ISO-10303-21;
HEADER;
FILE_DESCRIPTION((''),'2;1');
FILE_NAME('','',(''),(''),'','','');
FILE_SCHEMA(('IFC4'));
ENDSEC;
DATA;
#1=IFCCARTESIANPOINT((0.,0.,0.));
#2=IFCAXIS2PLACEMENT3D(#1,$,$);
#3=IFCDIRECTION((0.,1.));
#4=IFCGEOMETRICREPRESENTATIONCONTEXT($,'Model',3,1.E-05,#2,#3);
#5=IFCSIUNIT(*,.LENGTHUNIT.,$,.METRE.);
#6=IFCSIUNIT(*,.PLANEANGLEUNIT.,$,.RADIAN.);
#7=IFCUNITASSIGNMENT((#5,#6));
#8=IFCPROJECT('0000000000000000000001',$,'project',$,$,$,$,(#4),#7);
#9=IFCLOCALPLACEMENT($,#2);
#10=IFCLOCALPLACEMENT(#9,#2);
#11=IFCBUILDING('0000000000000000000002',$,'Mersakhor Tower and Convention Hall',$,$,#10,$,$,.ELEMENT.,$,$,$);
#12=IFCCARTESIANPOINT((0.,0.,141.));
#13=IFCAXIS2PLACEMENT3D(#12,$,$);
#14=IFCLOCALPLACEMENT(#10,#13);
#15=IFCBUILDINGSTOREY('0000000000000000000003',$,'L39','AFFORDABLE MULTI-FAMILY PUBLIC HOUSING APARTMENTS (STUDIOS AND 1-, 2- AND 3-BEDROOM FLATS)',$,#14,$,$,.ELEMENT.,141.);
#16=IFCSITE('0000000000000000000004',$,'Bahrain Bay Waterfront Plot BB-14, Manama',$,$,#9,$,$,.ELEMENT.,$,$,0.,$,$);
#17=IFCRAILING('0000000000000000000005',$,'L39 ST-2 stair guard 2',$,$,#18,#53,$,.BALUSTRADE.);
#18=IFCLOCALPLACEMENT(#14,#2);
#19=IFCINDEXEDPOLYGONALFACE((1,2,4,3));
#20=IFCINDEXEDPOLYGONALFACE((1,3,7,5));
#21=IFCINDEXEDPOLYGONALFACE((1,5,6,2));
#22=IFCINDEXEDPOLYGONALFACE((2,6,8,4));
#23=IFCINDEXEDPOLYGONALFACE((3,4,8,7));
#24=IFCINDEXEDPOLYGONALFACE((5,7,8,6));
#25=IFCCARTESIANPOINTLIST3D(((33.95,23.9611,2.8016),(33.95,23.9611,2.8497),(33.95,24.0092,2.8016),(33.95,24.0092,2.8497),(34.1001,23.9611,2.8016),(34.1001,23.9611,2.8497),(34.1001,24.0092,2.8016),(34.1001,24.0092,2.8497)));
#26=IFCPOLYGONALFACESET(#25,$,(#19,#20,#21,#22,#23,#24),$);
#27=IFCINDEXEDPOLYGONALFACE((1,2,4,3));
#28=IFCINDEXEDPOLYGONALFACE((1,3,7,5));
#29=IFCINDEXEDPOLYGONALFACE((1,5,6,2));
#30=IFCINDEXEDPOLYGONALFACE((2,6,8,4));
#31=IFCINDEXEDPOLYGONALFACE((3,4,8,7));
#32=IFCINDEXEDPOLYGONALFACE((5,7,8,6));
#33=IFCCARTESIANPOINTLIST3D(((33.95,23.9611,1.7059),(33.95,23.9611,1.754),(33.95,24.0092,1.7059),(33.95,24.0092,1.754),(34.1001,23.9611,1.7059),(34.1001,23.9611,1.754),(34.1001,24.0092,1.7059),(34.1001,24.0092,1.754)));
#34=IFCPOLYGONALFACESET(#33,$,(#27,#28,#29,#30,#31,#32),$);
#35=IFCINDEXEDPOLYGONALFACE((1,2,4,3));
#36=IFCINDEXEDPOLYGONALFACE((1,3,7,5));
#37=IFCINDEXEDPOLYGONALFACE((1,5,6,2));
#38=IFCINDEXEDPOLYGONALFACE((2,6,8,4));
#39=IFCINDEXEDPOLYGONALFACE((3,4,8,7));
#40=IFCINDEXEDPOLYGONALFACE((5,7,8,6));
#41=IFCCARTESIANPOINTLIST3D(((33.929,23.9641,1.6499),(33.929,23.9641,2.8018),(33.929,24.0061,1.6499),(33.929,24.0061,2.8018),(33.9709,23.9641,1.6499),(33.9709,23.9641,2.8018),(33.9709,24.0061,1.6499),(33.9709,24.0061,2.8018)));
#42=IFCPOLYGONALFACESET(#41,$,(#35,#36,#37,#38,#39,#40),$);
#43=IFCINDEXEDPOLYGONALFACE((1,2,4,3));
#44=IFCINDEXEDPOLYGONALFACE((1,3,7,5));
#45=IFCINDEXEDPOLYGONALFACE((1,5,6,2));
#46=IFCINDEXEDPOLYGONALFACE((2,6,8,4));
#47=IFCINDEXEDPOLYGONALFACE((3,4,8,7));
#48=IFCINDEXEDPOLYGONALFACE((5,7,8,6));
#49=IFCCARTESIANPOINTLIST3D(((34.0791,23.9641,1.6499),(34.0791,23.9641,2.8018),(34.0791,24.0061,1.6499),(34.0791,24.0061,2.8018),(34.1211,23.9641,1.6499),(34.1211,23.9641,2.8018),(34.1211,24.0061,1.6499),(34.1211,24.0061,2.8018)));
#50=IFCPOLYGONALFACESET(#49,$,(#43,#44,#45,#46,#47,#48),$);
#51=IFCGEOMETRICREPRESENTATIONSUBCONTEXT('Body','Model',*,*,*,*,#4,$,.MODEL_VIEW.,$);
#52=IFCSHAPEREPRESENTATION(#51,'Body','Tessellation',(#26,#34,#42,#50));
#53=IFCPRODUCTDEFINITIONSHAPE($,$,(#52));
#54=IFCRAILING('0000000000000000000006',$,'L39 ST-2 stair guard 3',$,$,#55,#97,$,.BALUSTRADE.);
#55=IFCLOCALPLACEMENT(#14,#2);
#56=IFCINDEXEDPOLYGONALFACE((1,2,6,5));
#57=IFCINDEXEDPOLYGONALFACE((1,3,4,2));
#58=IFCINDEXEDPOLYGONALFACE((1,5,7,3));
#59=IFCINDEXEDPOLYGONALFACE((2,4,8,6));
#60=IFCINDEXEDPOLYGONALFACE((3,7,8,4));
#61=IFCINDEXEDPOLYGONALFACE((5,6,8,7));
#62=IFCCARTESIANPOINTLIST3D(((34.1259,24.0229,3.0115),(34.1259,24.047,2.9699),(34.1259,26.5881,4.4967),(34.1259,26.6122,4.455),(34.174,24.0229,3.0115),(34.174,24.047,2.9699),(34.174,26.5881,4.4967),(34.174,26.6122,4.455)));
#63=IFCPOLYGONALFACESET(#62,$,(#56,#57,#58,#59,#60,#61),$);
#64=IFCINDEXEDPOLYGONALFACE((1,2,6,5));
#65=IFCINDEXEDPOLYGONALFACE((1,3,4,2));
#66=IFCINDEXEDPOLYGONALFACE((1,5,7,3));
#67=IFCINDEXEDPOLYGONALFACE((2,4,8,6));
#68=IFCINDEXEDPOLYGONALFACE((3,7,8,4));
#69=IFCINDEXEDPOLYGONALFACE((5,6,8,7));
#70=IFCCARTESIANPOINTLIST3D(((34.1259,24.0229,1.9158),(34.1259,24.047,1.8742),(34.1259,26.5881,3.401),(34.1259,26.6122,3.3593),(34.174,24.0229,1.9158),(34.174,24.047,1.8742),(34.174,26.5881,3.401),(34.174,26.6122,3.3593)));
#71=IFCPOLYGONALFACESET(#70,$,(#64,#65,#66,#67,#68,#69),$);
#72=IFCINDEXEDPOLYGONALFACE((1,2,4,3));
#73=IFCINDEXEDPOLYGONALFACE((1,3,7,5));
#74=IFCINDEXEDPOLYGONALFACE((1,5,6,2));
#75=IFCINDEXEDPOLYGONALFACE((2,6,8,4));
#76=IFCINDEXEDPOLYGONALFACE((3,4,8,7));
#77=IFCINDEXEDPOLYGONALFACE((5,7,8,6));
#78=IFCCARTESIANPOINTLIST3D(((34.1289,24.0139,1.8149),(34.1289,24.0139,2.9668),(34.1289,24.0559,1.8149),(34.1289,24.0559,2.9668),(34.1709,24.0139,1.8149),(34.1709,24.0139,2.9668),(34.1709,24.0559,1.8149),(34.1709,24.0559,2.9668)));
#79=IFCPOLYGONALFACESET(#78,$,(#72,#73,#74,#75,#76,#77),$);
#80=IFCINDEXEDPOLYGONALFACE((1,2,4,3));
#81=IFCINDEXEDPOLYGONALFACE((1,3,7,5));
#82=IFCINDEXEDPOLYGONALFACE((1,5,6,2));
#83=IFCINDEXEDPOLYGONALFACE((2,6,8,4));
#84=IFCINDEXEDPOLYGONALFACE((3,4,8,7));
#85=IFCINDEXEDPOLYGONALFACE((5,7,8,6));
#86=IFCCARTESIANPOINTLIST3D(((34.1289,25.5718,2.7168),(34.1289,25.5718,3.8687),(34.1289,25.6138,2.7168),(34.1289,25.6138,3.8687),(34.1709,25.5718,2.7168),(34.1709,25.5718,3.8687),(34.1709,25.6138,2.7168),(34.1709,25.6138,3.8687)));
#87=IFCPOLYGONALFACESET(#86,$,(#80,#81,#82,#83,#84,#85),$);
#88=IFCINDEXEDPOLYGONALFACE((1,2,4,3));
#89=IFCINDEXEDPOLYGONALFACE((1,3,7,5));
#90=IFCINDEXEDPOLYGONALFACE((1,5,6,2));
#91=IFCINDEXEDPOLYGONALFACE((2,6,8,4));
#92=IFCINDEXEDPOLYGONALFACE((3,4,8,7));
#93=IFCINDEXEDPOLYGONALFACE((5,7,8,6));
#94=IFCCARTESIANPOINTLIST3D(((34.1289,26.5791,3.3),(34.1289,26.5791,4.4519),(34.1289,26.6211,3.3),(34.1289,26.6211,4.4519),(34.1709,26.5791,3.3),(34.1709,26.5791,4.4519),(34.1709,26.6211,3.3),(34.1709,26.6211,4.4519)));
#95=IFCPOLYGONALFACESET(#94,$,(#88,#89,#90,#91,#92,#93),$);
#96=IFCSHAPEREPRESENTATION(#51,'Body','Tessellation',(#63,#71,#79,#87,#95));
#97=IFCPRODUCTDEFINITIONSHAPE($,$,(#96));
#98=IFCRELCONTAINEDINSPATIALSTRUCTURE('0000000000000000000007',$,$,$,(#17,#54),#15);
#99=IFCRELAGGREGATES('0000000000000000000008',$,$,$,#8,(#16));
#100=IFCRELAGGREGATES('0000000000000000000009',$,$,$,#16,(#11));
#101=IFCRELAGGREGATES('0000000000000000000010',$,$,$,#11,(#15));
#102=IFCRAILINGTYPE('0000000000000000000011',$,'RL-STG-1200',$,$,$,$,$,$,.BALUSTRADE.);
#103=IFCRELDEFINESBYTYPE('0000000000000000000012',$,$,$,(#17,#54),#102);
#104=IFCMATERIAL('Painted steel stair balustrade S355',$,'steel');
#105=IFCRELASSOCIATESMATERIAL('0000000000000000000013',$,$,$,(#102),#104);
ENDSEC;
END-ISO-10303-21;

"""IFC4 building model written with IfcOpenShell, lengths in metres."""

from ifc_helpers import new_model, si_unit, direction, frame, origin, origin_2d, place, context, subcontext, project, spatial, rectangle, extrude, material, type_object, element, save


model = new_model("IFC4")

# Units and contexts
model_context = context("Model", 3, precision=1e-05, world=origin(), true_north=direction((0.0, 1.0)))
body_context = subcontext(model_context, "Body", "Model", "MODEL_VIEW")
ifc_project = project(units=[si_unit("LENGTHUNIT", "METRE"), si_unit("PLANEANGLEUNIT", "RADIAN")], contexts=[model_context])

# Site, building, storey
site_placement = place(None, origin())
site = spatial("IfcSite", under=ifc_project, at=site_placement, Name="Bahrain Bay Waterfront Plot BB-14, Manama", CompositionType="ELEMENT", RefElevation=0.0)
building_placement = place(site_placement, origin())
building = spatial("IfcBuilding", under=site, at=building_placement, Name="Mersakhor Tower and Convention Hall", CompositionType="ELEMENT")
storey_placement = place(building_placement, frame((0.0, 0.0, 141.0)))
storey = spatial("IfcBuildingStorey", under=building, at=storey_placement, Name="L39", Description="AFFORDABLE MULTI-FAMILY PUBLIC HOUSING APARTMENTS (STUDIOS AND 1-, 2- AND 3-BEDROOM FLATS)", CompositionType="ELEMENT", Elevation=141.0)

# Railings
ifc_material_1 = material(Name="Painted steel stair balustrade S355", Category="steel")
railing_type_1 = type_object("IfcRailingType", Name="RL-STG-1200", PredefinedType="BALUSTRADE", material=ifc_material_1)
railing_1_placement = place(storey_placement, frame((33.95, 23.9851, 1.6499)))
element("IfcRailing", 1, at=railing_1_placement, inside=storey, type_object=railing_type_1, Name="L39 ST-2 stair guard 2", PredefinedType="BALUSTRADE", context=body_context, shape_type="SweptSolid", body=[
    extrude(rectangle(XDim=0.0481, YDim=0.0481, at=origin_2d()), frame((0.0, 0.0, 1.1758), z_axis=(1.0, 0.0, 0.0), x_axis=(0.0, 1.0, 0.0)), (0.0, 0.0, 1.0), 0.1501),
    extrude(rectangle(XDim=0.0481, YDim=0.0481, at=origin_2d()), frame((0.0, 0.0, 0.0801), z_axis=(1.0, 0.0, 0.0), x_axis=(0.0, 1.0, 0.0)), (0.0, 0.0, 1.0), 0.1501),
    extrude(rectangle(XDim=0.042, YDim=0.042, at=origin_2d()), origin(), (0.0, 0.0, 1.0), 1.1519),
    extrude(rectangle(XDim=0.042, YDim=0.042, at=origin_2d()), frame((0.1501, 0.0, 0.0)), (0.0, 0.0, 1.0), 1.1519),
])
railing_2_placement = place(storey_placement, frame((34.1499, 24.0349, 1.8149)))
element("IfcRailing", 2, at=railing_2_placement, inside=storey, type_object=railing_type_1, Name="L39 ST-2 stair guard 3", PredefinedType="BALUSTRADE", context=body_context, shape_type="SweptSolid", body=[
    extrude(rectangle(XDim=0.0481, YDim=0.0481, at=origin_2d()), frame((0.0, 0.0, 1.1758), z_axis=(0.0, 0.865426, 0.501036), x_axis=(-1.0, 0.0, 0.0)), (0.0, 0.0, 1.0), 2.9641),
    extrude(rectangle(XDim=0.0481, YDim=0.0481, at=origin_2d()), frame((0.0, 0.0, 0.0801), z_axis=(0.0, 0.865426, 0.501036), x_axis=(-1.0, 0.0, 0.0)), (0.0, 0.0, 1.0), 2.9641),
    extrude(rectangle(XDim=0.042, YDim=0.042, at=origin_2d()), origin(), (0.0, 0.0, 1.0), 1.1519),
    extrude(rectangle(XDim=0.042, YDim=0.042, at=origin_2d()), frame((0.0, 1.5579, 0.9019)), (0.0, 0.0, 1.0), 1.1519),
    extrude(rectangle(XDim=0.042, YDim=0.042, at=origin_2d()), frame((0.0, 2.5652, 1.4851)), (0.0, 0.0, 1.0), 1.1519),
])

save(model, "model.ifc")
